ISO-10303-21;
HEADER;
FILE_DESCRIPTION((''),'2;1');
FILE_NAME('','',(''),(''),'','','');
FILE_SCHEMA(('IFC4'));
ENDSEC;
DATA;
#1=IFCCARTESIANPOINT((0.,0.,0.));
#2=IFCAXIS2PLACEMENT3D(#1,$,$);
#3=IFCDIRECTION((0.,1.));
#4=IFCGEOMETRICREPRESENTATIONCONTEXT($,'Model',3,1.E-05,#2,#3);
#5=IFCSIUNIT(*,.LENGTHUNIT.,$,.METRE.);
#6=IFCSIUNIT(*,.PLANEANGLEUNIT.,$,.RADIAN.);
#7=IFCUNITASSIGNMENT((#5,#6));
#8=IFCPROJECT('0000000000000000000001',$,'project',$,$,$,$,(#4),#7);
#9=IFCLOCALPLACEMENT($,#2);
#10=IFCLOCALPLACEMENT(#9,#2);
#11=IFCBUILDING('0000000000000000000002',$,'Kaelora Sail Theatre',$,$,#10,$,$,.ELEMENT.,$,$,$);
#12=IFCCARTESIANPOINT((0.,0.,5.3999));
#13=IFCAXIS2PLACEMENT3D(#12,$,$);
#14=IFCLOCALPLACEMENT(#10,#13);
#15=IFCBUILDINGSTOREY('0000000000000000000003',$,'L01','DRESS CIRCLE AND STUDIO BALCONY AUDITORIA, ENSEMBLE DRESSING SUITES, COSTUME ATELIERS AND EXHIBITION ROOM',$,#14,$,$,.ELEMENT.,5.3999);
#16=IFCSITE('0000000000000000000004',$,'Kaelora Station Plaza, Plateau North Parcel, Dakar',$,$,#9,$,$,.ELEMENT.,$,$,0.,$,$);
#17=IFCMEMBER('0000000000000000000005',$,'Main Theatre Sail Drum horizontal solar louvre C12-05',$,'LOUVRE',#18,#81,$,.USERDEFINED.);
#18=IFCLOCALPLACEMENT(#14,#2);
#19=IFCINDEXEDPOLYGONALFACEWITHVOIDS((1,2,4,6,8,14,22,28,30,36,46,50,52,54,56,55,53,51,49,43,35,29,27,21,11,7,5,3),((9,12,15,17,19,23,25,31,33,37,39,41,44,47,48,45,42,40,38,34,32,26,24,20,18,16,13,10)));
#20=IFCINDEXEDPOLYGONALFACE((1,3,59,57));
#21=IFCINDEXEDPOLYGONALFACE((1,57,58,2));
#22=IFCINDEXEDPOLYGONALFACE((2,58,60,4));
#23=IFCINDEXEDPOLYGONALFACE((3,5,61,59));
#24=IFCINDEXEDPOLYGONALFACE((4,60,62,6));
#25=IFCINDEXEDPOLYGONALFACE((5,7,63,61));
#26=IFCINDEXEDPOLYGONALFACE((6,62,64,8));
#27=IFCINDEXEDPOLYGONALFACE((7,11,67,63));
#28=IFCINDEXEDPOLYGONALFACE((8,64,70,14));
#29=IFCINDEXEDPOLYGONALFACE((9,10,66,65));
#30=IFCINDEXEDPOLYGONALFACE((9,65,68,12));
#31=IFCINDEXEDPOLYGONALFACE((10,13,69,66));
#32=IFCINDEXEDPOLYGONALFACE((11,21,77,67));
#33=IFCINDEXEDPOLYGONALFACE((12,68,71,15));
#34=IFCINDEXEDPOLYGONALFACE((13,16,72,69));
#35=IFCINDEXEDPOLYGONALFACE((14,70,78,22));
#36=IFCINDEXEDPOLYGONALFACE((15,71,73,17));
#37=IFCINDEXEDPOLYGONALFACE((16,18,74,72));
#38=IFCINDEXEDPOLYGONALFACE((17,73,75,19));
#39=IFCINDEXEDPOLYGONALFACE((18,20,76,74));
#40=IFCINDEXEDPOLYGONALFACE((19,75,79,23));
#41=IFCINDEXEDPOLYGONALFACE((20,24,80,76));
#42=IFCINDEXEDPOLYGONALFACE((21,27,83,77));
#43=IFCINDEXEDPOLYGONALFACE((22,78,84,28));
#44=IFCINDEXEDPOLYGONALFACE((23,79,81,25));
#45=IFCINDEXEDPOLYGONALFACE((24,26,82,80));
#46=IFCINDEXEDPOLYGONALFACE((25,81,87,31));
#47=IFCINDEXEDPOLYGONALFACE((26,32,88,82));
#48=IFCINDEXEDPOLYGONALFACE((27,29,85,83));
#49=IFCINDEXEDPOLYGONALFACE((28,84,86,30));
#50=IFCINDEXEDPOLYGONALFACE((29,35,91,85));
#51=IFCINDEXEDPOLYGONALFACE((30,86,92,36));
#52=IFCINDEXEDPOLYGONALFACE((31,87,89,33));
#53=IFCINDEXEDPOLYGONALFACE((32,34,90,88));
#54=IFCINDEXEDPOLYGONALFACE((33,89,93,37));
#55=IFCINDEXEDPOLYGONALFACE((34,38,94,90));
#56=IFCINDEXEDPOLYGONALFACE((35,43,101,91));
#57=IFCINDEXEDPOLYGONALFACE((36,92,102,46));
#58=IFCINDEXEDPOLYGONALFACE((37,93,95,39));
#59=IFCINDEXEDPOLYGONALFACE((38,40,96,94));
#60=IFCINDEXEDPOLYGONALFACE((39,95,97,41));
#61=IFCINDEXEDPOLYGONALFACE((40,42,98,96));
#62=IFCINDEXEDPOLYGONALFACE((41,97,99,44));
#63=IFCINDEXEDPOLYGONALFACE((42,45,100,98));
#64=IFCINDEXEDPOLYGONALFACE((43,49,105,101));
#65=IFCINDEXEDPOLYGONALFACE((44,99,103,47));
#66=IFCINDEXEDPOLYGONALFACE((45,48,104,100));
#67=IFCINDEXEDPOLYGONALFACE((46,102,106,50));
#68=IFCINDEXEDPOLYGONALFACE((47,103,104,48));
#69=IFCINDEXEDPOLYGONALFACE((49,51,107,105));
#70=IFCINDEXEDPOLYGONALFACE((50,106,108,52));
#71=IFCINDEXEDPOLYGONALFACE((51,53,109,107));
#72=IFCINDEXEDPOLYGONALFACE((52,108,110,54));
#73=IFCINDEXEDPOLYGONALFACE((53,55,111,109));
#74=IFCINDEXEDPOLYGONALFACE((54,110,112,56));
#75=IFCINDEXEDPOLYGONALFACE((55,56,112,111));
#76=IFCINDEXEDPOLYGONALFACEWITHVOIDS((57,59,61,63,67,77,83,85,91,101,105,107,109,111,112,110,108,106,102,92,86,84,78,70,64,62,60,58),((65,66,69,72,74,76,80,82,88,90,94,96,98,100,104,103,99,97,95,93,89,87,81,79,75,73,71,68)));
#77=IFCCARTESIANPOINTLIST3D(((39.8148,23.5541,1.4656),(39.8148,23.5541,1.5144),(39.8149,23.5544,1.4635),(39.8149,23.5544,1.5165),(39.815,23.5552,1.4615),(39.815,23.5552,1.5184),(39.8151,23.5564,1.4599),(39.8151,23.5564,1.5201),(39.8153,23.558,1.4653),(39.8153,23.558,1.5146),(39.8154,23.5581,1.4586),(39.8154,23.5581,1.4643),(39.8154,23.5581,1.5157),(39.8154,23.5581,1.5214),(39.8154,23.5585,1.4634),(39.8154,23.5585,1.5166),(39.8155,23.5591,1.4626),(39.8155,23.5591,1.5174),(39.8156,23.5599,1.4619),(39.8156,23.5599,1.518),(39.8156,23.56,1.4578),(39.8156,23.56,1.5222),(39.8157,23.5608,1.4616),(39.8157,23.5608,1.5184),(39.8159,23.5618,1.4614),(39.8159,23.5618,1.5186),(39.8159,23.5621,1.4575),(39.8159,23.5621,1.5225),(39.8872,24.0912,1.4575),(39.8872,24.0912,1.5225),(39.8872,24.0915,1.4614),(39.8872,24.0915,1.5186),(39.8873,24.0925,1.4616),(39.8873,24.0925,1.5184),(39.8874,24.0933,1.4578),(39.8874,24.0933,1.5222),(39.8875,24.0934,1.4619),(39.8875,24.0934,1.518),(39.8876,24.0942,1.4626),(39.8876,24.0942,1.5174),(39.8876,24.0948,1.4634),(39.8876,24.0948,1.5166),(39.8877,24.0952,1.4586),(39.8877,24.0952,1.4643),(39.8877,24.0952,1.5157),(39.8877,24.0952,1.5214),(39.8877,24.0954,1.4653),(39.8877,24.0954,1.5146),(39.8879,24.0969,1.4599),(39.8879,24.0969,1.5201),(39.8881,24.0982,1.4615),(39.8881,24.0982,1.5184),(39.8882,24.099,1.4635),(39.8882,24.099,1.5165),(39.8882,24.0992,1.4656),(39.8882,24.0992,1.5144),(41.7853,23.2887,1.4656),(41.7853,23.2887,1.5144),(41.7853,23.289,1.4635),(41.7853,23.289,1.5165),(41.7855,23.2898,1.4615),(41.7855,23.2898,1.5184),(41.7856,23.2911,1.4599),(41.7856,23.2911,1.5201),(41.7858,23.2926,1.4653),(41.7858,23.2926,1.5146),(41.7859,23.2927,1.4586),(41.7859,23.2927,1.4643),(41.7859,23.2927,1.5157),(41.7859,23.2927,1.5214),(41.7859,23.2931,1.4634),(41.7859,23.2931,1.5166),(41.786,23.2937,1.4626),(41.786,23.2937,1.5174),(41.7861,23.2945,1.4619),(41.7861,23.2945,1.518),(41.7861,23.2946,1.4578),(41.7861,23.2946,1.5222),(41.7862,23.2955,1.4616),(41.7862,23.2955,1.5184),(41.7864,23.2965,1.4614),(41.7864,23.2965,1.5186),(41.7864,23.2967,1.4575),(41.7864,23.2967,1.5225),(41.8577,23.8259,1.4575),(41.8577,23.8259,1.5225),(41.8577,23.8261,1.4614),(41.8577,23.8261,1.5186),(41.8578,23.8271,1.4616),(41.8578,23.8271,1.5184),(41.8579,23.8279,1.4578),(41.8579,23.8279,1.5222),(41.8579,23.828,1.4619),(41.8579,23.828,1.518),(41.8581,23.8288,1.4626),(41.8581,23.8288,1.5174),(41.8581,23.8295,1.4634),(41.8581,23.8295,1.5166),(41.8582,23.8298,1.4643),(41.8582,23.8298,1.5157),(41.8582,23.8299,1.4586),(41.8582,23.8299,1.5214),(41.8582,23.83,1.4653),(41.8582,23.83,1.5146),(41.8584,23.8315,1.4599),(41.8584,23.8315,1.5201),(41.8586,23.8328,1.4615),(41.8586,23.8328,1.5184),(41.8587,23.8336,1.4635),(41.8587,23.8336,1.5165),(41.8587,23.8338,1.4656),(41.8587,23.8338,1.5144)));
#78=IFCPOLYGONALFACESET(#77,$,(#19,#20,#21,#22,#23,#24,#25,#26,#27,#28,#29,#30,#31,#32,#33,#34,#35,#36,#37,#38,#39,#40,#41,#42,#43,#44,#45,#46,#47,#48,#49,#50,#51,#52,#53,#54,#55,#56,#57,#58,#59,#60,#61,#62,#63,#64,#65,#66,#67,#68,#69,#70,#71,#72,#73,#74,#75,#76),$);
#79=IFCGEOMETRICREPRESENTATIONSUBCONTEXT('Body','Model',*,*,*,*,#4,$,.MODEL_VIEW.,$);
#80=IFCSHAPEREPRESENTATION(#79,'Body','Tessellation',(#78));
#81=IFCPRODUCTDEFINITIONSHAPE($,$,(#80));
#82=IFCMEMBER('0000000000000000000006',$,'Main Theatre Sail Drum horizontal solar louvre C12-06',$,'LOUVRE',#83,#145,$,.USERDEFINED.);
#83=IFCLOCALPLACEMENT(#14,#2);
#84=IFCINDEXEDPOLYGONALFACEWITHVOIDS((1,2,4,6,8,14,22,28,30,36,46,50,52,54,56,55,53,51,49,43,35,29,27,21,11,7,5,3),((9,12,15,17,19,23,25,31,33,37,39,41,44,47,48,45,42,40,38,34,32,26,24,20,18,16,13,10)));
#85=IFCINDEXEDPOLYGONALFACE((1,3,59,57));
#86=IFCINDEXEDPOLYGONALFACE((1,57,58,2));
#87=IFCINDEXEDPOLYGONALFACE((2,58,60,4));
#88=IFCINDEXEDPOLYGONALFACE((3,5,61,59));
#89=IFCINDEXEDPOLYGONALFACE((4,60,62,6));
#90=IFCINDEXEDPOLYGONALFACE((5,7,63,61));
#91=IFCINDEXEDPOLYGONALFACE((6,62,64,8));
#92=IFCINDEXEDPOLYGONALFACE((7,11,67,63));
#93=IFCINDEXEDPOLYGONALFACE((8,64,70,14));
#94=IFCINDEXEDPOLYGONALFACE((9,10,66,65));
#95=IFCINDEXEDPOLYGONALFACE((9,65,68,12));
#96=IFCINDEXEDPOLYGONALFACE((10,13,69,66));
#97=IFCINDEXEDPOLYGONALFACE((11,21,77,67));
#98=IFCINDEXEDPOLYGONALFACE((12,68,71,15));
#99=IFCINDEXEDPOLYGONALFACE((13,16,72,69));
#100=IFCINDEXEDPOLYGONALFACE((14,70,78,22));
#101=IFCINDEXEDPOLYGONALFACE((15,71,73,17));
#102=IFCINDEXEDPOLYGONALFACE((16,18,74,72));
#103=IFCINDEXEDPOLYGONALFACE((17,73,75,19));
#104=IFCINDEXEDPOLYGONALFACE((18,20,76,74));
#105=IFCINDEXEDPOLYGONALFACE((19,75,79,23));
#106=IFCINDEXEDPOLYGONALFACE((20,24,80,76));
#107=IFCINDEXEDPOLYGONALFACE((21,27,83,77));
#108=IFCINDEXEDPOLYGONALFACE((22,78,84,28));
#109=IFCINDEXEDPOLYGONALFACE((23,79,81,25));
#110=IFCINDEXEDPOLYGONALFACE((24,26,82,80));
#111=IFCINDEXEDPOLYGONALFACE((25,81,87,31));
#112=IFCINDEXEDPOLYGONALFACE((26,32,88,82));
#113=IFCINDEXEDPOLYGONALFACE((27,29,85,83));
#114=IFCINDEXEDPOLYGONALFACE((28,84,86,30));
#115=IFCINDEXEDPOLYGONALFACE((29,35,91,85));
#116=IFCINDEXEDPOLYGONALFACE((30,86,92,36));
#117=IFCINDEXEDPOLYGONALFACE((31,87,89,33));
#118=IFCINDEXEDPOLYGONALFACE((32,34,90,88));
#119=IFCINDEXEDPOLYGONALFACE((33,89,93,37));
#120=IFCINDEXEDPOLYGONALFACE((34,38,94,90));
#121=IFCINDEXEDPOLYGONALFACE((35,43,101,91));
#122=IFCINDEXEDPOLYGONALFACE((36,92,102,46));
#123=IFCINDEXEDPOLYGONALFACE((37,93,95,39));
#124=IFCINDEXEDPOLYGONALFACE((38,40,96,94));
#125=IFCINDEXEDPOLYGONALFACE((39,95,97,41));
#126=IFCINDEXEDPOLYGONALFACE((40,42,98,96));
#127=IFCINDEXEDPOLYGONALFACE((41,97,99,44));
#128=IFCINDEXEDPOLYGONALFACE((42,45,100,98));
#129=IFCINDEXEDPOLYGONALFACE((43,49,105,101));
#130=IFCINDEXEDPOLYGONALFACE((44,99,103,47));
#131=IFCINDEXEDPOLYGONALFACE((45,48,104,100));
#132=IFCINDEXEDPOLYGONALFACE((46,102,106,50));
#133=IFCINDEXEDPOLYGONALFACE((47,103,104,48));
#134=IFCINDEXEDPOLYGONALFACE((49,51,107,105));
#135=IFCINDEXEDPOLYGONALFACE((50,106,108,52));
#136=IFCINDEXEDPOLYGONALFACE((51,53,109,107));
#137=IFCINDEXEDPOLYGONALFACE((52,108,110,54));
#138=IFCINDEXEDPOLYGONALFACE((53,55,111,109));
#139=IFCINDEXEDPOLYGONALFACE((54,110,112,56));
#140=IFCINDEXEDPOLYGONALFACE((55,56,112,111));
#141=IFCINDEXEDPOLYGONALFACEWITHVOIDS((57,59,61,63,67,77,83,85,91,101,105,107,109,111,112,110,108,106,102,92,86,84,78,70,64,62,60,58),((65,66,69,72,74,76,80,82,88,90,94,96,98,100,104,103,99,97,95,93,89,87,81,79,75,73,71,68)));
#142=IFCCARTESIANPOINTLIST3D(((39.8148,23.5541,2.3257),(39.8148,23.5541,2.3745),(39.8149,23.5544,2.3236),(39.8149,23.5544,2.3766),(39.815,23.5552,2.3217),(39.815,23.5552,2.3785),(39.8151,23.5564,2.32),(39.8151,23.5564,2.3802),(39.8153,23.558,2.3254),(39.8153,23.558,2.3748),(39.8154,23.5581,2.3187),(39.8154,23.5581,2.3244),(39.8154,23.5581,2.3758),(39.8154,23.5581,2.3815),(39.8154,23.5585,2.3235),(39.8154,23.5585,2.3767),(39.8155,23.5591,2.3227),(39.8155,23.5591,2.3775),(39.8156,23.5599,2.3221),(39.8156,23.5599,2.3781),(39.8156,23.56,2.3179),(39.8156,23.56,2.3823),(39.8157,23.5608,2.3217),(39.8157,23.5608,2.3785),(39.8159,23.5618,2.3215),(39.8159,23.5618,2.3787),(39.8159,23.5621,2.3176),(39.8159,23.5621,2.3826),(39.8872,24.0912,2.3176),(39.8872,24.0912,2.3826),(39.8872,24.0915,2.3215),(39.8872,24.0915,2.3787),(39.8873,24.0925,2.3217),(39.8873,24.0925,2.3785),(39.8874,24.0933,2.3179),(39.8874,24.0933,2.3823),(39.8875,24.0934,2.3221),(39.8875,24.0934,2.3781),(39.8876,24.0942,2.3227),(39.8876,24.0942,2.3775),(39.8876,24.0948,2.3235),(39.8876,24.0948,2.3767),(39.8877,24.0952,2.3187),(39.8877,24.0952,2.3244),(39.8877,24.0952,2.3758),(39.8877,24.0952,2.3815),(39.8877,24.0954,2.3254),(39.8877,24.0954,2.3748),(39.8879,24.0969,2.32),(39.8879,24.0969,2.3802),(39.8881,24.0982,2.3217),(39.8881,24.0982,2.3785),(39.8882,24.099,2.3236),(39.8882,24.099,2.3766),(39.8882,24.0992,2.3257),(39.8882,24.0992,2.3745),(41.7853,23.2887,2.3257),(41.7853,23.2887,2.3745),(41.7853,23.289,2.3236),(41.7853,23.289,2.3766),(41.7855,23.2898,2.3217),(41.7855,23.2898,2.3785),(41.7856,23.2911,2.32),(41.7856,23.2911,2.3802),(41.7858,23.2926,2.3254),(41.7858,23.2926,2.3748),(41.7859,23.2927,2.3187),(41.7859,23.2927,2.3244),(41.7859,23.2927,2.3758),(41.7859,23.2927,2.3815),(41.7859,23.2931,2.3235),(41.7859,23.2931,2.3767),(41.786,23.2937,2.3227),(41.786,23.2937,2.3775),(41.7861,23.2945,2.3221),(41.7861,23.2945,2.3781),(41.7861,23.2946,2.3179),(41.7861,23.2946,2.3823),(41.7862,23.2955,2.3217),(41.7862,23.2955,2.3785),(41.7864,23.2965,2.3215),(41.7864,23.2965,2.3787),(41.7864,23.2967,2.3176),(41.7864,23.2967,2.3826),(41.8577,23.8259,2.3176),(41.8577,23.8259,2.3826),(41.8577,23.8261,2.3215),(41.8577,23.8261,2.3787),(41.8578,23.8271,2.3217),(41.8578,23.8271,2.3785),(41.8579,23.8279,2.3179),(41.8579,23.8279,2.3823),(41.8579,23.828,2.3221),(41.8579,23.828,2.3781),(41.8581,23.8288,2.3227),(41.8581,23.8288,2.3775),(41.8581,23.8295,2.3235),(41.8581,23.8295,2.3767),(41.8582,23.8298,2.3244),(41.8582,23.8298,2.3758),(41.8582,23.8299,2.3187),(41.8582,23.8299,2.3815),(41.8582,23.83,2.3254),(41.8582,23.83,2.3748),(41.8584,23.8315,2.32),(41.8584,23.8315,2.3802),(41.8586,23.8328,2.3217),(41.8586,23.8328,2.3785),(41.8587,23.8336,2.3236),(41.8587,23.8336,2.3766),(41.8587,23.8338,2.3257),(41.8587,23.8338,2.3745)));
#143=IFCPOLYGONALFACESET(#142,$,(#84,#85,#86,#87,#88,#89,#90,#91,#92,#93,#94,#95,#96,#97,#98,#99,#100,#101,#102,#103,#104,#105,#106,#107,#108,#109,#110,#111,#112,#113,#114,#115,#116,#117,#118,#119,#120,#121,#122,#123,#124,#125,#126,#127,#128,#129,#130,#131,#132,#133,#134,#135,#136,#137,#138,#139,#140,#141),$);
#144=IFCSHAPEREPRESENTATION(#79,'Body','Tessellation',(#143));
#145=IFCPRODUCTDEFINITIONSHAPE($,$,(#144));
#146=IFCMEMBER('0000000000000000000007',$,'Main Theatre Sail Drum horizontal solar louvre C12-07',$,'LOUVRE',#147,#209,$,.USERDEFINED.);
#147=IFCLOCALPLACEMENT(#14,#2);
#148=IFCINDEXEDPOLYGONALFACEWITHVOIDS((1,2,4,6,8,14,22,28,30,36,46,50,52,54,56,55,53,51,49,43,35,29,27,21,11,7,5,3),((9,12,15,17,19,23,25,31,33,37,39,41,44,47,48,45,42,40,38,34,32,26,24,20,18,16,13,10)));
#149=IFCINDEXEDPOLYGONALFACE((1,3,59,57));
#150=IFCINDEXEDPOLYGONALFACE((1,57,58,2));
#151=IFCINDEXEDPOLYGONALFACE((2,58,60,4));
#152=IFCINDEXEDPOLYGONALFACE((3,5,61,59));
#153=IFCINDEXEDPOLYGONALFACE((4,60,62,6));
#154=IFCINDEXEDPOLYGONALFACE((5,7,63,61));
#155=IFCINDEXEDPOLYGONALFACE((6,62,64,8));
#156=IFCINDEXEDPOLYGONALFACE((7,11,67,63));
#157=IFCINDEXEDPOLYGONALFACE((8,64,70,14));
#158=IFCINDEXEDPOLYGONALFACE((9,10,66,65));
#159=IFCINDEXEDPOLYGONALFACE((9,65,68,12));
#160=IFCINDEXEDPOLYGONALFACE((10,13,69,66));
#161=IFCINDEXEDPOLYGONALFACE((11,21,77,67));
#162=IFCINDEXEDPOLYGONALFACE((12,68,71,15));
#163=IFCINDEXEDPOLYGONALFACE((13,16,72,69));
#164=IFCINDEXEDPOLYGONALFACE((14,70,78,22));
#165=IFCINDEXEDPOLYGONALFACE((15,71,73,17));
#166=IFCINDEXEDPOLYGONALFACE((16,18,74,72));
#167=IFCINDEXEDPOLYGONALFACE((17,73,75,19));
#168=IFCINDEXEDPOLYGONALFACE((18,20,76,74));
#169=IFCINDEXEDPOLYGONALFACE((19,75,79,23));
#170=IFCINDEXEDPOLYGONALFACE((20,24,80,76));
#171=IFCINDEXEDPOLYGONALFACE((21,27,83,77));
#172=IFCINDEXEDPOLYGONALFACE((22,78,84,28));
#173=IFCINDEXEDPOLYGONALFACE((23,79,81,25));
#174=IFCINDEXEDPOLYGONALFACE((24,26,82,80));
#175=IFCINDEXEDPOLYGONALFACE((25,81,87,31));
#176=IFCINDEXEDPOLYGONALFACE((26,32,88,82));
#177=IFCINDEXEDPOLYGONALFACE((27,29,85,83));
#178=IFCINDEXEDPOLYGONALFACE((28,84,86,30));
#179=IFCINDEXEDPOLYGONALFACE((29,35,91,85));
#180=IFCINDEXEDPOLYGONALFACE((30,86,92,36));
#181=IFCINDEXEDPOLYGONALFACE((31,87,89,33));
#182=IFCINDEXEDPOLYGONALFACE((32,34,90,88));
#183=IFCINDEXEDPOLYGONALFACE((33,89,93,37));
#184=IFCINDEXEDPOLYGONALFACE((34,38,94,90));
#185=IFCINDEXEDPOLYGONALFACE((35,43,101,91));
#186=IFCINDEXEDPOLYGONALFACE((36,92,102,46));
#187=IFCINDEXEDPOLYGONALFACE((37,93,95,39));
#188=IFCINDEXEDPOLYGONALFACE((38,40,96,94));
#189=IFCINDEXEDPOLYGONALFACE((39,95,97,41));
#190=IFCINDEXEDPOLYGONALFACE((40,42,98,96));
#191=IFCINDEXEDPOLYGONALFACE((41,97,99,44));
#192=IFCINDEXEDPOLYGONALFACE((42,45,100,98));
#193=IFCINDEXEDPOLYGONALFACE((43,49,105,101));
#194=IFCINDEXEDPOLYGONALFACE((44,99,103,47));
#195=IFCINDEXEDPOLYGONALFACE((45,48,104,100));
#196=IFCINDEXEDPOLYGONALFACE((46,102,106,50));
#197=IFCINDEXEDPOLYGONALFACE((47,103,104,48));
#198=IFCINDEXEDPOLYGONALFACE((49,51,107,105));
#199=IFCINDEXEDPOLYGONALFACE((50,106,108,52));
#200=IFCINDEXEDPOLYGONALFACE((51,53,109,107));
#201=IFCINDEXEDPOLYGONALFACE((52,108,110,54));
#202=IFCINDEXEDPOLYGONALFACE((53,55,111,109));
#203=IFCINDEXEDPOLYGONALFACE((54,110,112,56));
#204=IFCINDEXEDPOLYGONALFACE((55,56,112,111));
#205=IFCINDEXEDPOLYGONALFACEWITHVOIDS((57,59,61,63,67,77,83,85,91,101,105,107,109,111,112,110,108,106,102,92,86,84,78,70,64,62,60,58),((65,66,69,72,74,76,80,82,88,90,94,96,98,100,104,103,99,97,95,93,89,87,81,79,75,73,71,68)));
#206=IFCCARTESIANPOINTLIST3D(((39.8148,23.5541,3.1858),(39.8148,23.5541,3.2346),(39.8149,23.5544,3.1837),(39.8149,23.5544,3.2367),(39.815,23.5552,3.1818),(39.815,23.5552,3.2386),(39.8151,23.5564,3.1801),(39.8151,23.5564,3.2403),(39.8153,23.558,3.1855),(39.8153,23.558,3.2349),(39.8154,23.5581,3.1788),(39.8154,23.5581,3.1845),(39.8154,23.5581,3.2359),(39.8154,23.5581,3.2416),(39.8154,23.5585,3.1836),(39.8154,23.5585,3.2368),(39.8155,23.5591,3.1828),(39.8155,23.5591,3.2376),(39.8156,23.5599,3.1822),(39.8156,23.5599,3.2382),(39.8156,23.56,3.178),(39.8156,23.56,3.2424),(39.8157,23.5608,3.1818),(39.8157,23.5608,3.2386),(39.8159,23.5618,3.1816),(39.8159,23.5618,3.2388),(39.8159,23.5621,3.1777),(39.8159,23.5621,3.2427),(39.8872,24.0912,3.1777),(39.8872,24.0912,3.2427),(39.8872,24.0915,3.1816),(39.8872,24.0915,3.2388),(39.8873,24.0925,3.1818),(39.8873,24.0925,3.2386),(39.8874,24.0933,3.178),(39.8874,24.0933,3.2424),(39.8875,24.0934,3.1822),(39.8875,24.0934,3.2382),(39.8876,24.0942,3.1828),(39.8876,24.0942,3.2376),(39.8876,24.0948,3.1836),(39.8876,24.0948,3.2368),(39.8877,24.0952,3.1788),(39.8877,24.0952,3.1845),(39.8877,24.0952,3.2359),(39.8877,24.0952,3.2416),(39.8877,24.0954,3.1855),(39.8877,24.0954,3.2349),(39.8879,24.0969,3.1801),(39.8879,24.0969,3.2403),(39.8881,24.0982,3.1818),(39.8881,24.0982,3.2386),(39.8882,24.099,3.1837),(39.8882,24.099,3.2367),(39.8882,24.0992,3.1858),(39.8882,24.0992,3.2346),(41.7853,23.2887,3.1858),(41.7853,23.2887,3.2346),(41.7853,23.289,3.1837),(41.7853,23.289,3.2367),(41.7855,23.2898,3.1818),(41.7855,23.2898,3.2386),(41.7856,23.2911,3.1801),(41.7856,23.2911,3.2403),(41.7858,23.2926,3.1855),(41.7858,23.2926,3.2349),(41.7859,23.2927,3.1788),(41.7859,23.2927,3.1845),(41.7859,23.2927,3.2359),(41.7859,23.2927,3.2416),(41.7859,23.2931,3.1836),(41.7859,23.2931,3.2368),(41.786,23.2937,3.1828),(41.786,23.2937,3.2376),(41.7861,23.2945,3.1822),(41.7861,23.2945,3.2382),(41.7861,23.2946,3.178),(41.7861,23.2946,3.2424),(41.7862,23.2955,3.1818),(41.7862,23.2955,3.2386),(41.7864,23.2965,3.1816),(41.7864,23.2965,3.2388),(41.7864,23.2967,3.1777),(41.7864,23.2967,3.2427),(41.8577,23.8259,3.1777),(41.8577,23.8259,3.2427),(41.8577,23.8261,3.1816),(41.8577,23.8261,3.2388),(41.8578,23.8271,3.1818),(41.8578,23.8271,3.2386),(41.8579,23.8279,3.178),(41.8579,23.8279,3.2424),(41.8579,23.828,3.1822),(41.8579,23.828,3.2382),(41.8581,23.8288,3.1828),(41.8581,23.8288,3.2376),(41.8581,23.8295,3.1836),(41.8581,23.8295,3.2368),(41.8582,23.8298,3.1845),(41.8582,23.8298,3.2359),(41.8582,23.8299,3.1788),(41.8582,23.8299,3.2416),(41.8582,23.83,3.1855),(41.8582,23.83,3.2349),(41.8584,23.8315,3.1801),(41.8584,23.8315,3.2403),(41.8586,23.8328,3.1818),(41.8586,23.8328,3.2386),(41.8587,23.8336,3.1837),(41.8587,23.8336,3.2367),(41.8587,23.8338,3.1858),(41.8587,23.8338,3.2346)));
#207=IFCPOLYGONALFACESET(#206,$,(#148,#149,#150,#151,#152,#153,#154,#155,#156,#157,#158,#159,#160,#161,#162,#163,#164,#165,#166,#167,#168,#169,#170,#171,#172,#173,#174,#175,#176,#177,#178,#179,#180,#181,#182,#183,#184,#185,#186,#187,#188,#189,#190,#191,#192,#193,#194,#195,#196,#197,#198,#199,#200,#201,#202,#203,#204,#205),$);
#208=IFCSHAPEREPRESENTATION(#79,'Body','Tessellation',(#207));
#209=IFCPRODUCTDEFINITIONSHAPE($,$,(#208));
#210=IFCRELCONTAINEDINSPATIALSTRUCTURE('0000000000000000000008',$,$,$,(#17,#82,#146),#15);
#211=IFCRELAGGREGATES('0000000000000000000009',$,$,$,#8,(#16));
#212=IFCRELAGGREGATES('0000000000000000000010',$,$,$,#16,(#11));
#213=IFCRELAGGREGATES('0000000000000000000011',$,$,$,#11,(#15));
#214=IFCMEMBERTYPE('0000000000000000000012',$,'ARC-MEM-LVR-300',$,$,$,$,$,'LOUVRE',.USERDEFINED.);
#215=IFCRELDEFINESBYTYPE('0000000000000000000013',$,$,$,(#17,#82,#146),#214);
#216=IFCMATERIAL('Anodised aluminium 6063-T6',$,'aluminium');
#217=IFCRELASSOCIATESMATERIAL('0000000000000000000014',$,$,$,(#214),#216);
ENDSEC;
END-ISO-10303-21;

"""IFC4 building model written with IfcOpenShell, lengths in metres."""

from ifc_helpers import new_model, si_unit, direction, frame, origin, origin_2d, place, context, subcontext, project, spatial, hollow_rectangle, extrude, material, material_profile, profile_set, type_object, element, save


model = new_model("IFC4")

# Units and contexts
model_context = context("Model", 3, precision=1e-05, world=origin(), true_north=direction((0.0, 1.0)))
body_context = subcontext(model_context, "Body", "Model", "MODEL_VIEW")
ifc_project = project(units=[si_unit("LENGTHUNIT", "METRE"), si_unit("PLANEANGLEUNIT", "RADIAN")], contexts=[model_context])

# Site, building, storey
site_placement = place(None, origin())
site = spatial("IfcSite", under=ifc_project, at=site_placement, Name="Kaelora Station Plaza, Plateau North Parcel, Dakar", CompositionType="ELEMENT", RefElevation=0.0)
building_placement = place(site_placement, origin())
building = spatial("IfcBuilding", under=site, at=building_placement, Name="Kaelora Sail Theatre", CompositionType="ELEMENT")
storey_placement = place(building_placement, frame((0.0, 0.0, 5.3999)))
storey = spatial("IfcBuildingStorey", under=building, at=storey_placement, Name="L01", Description="DRESS CIRCLE AND STUDIO BALCONY AUDITORIA, ENSEMBLE DRESSING SUITES, COSTUME ATELIERS AND EXHIBITION ROOM", CompositionType="ELEMENT", Elevation=5.3999)

# Members
ifc_material_1 = material(Name="Anodised aluminium 6063-T6", Category="aluminium")
ifc_material_profile_1 = material_profile(ifc_material_1, hollow_rectangle(XDim=0.55, YDim=0.0649, WallThickness=0.0039, InnerFilletRadius=0.0039, OuterFilletRadius=0.0081, at=origin_2d()), Name="LOUVRE 550x65x4")
ifc_profile_set_1 = profile_set([ifc_material_profile_1], Name="Anodised aluminium 6063-T6")
member_type = type_object("IfcMemberType", Name="ARC-MEM-LVR-300", ElementType="LOUVRE", PredefinedType="USERDEFINED", material=ifc_profile_set_1)
for number, where, z_axis, x_axis, name in (
    (1, (41.822, 23.5613, 1.49), (-0.991052, 0.133475, 0.0), (-0.133475, -0.991052, 0.0), "Main Theatre Sail Drum horizontal solar louvre C12-05"),
    (2, (41.822, 23.5613, 2.3501), (-0.991052, 0.133475, 0.0), (-0.133475, -0.991052, 0.0), "Main Theatre Sail Drum horizontal solar louvre C12-06"),
    (3, (41.822, 23.5613, 3.2102), (-0.991052, 0.133475, 0.0), (-0.133475, -0.991052, 0.0), "Main Theatre Sail Drum horizontal solar louvre C12-07"),
):
    element("IfcMember", number, at=place(storey_placement, frame(where, z_axis=z_axis, x_axis=x_axis)), inside=storey, type_object=member_type, Name=name, ObjectType="LOUVRE", PredefinedType="USERDEFINED", context=body_context, shape_type="SweptSolid", body=[
        extrude(hollow_rectangle(XDim=0.55, YDim=0.0649, WallThickness=0.0039, InnerFilletRadius=0.0039, OuterFilletRadius=0.0081, at=origin_2d()), origin(), (0.0, 0.0, 1.0), 1.9883),
    ])

save(model, "model.ifc")
